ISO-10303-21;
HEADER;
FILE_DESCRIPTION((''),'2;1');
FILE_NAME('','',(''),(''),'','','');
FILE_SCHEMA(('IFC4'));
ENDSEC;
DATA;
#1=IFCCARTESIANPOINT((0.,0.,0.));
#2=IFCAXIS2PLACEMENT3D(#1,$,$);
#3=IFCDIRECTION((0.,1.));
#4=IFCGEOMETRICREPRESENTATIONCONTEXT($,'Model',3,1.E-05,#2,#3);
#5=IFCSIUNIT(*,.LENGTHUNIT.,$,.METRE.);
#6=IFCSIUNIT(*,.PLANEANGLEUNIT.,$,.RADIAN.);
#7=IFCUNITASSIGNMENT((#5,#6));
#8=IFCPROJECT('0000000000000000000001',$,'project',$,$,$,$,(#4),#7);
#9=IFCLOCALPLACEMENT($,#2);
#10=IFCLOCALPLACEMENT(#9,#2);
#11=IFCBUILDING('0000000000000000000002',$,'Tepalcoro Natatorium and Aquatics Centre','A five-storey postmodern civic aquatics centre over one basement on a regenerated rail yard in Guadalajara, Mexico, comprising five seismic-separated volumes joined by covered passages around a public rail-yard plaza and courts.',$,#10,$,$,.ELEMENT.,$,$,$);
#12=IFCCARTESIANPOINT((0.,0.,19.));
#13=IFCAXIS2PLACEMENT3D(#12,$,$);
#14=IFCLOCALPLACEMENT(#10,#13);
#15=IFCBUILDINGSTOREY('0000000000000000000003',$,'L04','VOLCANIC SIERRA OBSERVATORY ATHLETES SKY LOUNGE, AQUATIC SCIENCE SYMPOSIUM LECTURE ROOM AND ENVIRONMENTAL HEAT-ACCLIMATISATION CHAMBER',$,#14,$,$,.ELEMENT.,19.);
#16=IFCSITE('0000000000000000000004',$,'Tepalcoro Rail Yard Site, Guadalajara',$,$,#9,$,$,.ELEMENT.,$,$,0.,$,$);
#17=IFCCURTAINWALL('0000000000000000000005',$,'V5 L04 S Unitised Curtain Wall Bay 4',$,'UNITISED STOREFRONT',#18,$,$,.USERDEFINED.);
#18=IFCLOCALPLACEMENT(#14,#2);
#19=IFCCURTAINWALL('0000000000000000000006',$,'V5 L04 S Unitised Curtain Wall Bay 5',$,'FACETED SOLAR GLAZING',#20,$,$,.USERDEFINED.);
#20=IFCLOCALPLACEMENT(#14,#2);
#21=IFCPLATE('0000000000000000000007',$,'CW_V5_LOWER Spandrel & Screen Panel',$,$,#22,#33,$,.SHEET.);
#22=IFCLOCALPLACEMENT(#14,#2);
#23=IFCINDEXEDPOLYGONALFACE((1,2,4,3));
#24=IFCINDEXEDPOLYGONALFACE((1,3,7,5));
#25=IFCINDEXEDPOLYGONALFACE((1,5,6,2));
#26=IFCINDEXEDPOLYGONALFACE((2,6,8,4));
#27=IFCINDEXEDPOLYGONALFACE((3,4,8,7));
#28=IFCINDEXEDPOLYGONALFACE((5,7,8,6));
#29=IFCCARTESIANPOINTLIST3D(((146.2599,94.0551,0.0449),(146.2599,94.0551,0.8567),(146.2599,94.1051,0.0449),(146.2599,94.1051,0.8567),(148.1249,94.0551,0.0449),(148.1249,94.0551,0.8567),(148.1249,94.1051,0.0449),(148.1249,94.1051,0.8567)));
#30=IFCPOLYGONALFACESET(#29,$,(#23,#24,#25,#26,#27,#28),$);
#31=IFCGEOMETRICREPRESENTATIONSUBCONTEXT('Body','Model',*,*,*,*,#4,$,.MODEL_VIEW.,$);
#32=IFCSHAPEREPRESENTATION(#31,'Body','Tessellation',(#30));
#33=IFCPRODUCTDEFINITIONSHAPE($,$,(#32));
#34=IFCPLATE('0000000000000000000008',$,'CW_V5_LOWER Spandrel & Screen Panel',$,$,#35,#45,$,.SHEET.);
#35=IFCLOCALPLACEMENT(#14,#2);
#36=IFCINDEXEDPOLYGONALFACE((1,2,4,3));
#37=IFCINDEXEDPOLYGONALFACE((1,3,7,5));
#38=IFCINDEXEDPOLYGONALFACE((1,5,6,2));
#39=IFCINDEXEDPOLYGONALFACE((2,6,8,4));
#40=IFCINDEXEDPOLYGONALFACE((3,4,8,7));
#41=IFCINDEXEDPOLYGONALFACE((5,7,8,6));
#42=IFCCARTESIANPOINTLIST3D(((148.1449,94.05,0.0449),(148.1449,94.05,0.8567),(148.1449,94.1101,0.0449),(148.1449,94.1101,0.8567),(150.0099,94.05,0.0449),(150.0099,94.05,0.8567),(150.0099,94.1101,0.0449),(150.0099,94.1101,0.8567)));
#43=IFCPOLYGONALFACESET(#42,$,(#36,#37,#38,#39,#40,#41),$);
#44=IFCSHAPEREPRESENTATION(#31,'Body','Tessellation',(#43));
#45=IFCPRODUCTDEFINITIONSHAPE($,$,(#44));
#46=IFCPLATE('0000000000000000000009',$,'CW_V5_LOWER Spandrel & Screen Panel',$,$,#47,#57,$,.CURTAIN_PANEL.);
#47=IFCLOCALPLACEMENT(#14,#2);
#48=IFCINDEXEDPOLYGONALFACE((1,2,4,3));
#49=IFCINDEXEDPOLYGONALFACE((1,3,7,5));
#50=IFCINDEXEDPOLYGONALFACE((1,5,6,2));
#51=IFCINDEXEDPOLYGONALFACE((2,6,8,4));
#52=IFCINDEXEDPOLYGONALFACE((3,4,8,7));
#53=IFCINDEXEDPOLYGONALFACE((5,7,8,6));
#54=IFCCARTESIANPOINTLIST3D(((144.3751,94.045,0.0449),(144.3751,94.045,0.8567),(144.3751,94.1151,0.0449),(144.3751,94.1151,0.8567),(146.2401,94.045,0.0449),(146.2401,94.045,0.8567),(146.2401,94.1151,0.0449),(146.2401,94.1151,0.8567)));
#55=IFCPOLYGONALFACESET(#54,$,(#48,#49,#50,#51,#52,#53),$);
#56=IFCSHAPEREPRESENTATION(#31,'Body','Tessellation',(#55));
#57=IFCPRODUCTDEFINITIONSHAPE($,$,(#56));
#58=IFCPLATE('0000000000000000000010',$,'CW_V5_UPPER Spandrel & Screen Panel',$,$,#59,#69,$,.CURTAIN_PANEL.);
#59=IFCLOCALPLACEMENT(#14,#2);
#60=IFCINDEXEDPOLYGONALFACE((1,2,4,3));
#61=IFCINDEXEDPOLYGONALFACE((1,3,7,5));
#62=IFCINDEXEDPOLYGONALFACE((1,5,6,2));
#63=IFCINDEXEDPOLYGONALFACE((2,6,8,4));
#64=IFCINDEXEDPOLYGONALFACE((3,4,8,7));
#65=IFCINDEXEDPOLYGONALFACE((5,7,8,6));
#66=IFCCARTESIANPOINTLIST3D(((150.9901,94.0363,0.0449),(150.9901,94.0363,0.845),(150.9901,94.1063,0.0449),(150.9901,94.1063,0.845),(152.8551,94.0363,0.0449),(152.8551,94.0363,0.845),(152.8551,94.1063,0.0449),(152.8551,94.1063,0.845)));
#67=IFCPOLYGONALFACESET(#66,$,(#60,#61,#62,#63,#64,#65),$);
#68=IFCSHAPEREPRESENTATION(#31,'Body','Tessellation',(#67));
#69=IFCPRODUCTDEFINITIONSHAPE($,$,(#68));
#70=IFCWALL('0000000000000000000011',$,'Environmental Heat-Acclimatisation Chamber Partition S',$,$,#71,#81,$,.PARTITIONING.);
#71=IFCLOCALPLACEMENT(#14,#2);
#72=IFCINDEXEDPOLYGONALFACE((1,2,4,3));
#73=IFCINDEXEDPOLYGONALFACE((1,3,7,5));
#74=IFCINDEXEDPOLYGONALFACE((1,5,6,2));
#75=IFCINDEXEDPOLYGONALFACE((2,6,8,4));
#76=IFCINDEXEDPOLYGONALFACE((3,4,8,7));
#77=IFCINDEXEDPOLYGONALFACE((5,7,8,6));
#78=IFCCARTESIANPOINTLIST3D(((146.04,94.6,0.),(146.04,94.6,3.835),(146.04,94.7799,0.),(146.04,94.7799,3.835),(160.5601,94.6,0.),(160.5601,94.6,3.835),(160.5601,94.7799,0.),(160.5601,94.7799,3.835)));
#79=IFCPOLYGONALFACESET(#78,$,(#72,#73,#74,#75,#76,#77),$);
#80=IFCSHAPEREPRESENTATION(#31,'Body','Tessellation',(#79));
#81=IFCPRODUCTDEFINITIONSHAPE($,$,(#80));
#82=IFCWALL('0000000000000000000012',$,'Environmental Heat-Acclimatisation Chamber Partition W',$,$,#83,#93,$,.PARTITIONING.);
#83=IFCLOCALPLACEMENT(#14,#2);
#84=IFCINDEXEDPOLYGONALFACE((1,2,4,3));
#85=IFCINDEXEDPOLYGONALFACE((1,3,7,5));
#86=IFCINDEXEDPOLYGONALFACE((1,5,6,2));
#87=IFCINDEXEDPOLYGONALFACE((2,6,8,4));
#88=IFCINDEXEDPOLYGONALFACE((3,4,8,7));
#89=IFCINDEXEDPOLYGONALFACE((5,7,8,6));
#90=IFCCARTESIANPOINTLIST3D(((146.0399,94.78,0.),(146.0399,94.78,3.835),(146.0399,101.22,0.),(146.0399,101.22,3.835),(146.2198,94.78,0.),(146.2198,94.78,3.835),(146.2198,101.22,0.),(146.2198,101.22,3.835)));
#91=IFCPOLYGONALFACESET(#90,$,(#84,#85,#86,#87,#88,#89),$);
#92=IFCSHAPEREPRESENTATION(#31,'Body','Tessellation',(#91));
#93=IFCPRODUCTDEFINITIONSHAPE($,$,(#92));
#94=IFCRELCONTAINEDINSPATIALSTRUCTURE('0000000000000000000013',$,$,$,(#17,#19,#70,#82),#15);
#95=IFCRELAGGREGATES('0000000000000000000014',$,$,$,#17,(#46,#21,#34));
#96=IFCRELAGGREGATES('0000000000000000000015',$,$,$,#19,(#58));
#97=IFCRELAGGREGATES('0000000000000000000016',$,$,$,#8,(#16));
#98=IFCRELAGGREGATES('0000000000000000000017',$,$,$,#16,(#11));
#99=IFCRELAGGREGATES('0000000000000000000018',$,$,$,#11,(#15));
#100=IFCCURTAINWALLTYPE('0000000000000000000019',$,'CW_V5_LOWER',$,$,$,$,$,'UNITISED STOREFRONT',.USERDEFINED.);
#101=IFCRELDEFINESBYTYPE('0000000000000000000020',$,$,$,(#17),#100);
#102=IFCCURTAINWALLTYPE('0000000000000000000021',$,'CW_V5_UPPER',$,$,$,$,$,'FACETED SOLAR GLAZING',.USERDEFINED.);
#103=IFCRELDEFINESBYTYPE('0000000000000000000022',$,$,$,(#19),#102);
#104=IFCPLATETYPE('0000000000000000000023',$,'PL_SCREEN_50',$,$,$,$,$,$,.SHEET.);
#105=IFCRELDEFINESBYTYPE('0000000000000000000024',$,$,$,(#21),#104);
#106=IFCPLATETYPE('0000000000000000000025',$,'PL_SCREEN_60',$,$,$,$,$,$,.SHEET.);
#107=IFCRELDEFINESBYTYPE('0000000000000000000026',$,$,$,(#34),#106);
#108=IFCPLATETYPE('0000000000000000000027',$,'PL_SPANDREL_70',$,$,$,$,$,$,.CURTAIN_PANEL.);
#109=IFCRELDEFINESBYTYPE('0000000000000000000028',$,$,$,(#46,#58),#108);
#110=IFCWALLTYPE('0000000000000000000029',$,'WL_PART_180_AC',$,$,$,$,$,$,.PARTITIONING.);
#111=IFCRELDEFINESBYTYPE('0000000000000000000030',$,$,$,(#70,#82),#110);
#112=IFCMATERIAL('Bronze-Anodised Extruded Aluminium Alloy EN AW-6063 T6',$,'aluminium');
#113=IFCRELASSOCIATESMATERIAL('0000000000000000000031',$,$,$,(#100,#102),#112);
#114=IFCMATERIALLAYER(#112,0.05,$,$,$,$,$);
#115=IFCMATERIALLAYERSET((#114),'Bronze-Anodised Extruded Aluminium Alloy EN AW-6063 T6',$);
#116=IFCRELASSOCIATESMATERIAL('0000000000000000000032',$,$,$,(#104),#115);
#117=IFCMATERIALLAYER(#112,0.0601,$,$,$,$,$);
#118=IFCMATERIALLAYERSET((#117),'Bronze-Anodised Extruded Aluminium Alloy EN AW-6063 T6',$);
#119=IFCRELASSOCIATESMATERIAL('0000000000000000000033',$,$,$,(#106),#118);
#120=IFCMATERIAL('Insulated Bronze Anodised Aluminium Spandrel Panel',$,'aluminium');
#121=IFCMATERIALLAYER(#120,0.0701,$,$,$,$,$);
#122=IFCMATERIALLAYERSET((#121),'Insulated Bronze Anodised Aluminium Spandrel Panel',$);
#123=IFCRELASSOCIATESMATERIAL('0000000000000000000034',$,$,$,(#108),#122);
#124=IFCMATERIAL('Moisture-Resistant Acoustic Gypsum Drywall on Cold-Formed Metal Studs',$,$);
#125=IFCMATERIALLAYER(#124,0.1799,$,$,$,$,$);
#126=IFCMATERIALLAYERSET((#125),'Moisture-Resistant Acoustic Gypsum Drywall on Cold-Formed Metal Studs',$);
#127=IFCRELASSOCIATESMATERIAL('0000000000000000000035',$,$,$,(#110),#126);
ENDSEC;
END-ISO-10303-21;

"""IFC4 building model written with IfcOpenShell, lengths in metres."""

from ifc_helpers import new_model, si_unit, direction, frame, frame_2d, origin, origin_2d, place, context, subcontext, project, spatial, rectangle, extrude, material, layer, layer_set, type_object, element, aggregate, save


model = new_model("IFC4")

# Units and contexts
model_context = context("Model", 3, precision=1e-05, world=origin(), true_north=direction((0.0, 1.0)))
body_context = subcontext(model_context, "Body", "Model", "MODEL_VIEW")
ifc_project = project(units=[si_unit("LENGTHUNIT", "METRE"), si_unit("PLANEANGLEUNIT", "RADIAN")], contexts=[model_context])

# Site, building, storey
site_placement = place(None, origin())
site = spatial("IfcSite", under=ifc_project, at=site_placement, Name="Tepalcoro Rail Yard Site, Guadalajara", CompositionType="ELEMENT", RefElevation=0.0)
building_placement = place(site_placement, origin())
building = spatial("IfcBuilding", under=site, at=building_placement, Name="Tepalcoro Natatorium and Aquatics Centre", Description="A five-storey postmodern civic aquatics centre over one basement on a regenerated rail yard in Guadalajara, Mexico, comprising five seismic-separated volumes joined by covered passages around a public rail-yard plaza and courts.", CompositionType="ELEMENT")
storey_placement = place(building_placement, frame((0.0, 0.0, 19.0)))
storey = spatial("IfcBuildingStorey", under=building, at=storey_placement, Name="L04", Description="VOLCANIC SIERRA OBSERVATORY ATHLETES SKY LOUNGE, AQUATIC SCIENCE SYMPOSIUM LECTURE ROOM AND ENVIRONMENTAL HEAT-ACCLIMATISATION CHAMBER", CompositionType="ELEMENT", Elevation=19.0)

# Curtain walls
ifc_material_1 = material(Name="Bronze-Anodised Extruded Aluminium Alloy EN AW-6063 T6", Category="aluminium")
curtain_wall_type_1 = type_object("IfcCurtainWallType", Name="CW_V5_LOWER", ElementType="UNITISED STOREFRONT", PredefinedType="USERDEFINED", material=ifc_material_1)
curtain_wall_1_placement = place(storey_placement, origin())
curtain_wall_1 = element("IfcCurtainWall", 1, at=curtain_wall_1_placement, inside=storey, type_object=curtain_wall_type_1, Name="V5 L04 S Unitised Curtain Wall Bay 4", ObjectType="UNITISED STOREFRONT", PredefinedType="USERDEFINED")
curtain_wall_type_2 = type_object("IfcCurtainWallType", Name="CW_V5_UPPER", ElementType="FACETED SOLAR GLAZING", PredefinedType="USERDEFINED", material=ifc_material_1)
curtain_wall_2_placement = place(storey_placement, origin())
curtain_wall_2 = element("IfcCurtainWall", 2, at=curtain_wall_2_placement, inside=storey, type_object=curtain_wall_type_2, Name="V5 L04 S Unitised Curtain Wall Bay 5", ObjectType="FACETED SOLAR GLAZING", PredefinedType="USERDEFINED")

# Plates
ifc_layer_1 = layer(ifc_material_1, 0.05)
ifc_layer_set_1 = layer_set([ifc_layer_1], Name="Bronze-Anodised Extruded Aluminium Alloy EN AW-6063 T6")
plate_type_1 = type_object("IfcPlateType", Name="PL_SCREEN_50", PredefinedType="SHEET", material=ifc_layer_set_1)
plate_1_placement = place(storey_placement, frame((147.1924, 94.0801, 0.0449), z_axis=(0.0, 0.0, 1.0), x_axis=(1.0, 0.0, 0.0)))
plate_1 = element("IfcPlate", 3, at=plate_1_placement, type_object=plate_type_1, Name="CW_V5_LOWER Spandrel & Screen Panel", PredefinedType="SHEET", context=body_context, shape_type="SweptSolid", body=[
    extrude(rectangle(XDim=1.865, YDim=0.05, at=origin_2d()), origin(), (0.0, 0.0, 1.0), 0.8118),
])
ifc_layer_2 = layer(ifc_material_1, 0.0601)
ifc_layer_set_2 = layer_set([ifc_layer_2], Name="Bronze-Anodised Extruded Aluminium Alloy EN AW-6063 T6")
plate_type_2 = type_object("IfcPlateType", Name="PL_SCREEN_60", PredefinedType="SHEET", material=ifc_layer_set_2)
plate_2_placement = place(storey_placement, frame((149.0774, 94.0801, 0.0449), z_axis=(0.0, 0.0, 1.0), x_axis=(1.0, 0.0, 0.0)))
plate_2 = element("IfcPlate", 4, at=plate_2_placement, type_object=plate_type_2, Name="CW_V5_LOWER Spandrel & Screen Panel", PredefinedType="SHEET", context=body_context, shape_type="SweptSolid", body=[
    extrude(rectangle(XDim=1.865, YDim=0.0601, at=origin_2d()), origin(), (0.0, 0.0, 1.0), 0.8118),
])
ifc_material_2 = material(Name="Insulated Bronze Anodised Aluminium Spandrel Panel", Category="aluminium")
ifc_layer_3 = layer(ifc_material_2, 0.0701)
ifc_layer_set_3 = layer_set([ifc_layer_3], Name="Insulated Bronze Anodised Aluminium Spandrel Panel")
plate_type_3 = type_object("IfcPlateType", Name="PL_SPANDREL_70", PredefinedType="CURTAIN_PANEL", material=ifc_layer_set_3)
plate_3_placement = place(storey_placement, frame((145.3076, 94.0801, 0.0449), z_axis=(0.0, 0.0, 1.0), x_axis=(1.0, 0.0, 0.0)))
plate_3 = element("IfcPlate", 5, at=plate_3_placement, type_object=plate_type_3, Name="CW_V5_LOWER Spandrel & Screen Panel", PredefinedType="CURTAIN_PANEL", context=body_context, shape_type="SweptSolid", body=[
    extrude(rectangle(XDim=1.865, YDim=0.0701, at=origin_2d()), origin(), (0.0, 0.0, 1.0), 0.8118),
])
aggregate(curtain_wall_1, [plate_3, plate_1, plate_2])
plate_4_placement = place(storey_placement, frame((151.9226, 94.0713, 0.0449), z_axis=(0.0, 0.0, 1.0), x_axis=(1.0, 0.0, 0.0)))
plate_4 = element("IfcPlate", 6, at=plate_4_placement, type_object=plate_type_3, Name="CW_V5_UPPER Spandrel & Screen Panel", PredefinedType="CURTAIN_PANEL", context=body_context, shape_type="SweptSolid", body=[
    extrude(rectangle(XDim=1.865, YDim=0.0701, at=origin_2d()), origin(), (0.0, 0.0, 1.0), 0.8),
])
aggregate(curtain_wall_2, [plate_4])

# Walls
ifc_material_3 = material(Name="Moisture-Resistant Acoustic Gypsum Drywall on Cold-Formed Metal Studs")
ifc_layer_4 = layer(ifc_material_3, 0.1799)
ifc_layer_set_4 = layer_set([ifc_layer_4], Name="Moisture-Resistant Acoustic Gypsum Drywall on Cold-Formed Metal Studs")
wall_type = type_object("IfcWallType", Name="WL_PART_180_AC", PredefinedType="PARTITIONING", material=ifc_layer_set_4)
wall_1_placement = place(storey_placement, frame((146.04, 94.6899, 0.0), z_axis=(0.0, 0.0, 1.0), x_axis=(1.0, 0.0, 0.0)))
element("IfcWall", 7, at=wall_1_placement, inside=storey, type_object=wall_type, Name="Environmental Heat-Acclimatisation Chamber Partition S", PredefinedType="PARTITIONING", context=body_context, shape_type="SweptSolid", body=[
    extrude(rectangle(XDim=14.52, YDim=0.1799, at=frame_2d((7.26, 0.0))), origin(), (0.0, 0.0, 1.0), 3.835),
])
wall_2_placement = place(storey_placement, frame((146.1299, 94.78, 0.0), z_axis=(0.0, 0.0, 1.0), x_axis=(0.0, 1.0, 0.0)))
element("IfcWall", 8, at=wall_2_placement, inside=storey, type_object=wall_type, Name="Environmental Heat-Acclimatisation Chamber Partition W", PredefinedType="PARTITIONING", context=body_context, shape_type="SweptSolid", body=[
    extrude(rectangle(XDim=6.4399, YDim=0.1799, at=frame_2d((3.22, 0.0))), origin(), (0.0, 0.0, 1.0), 3.835),
])

save(model, "model.ifc")
